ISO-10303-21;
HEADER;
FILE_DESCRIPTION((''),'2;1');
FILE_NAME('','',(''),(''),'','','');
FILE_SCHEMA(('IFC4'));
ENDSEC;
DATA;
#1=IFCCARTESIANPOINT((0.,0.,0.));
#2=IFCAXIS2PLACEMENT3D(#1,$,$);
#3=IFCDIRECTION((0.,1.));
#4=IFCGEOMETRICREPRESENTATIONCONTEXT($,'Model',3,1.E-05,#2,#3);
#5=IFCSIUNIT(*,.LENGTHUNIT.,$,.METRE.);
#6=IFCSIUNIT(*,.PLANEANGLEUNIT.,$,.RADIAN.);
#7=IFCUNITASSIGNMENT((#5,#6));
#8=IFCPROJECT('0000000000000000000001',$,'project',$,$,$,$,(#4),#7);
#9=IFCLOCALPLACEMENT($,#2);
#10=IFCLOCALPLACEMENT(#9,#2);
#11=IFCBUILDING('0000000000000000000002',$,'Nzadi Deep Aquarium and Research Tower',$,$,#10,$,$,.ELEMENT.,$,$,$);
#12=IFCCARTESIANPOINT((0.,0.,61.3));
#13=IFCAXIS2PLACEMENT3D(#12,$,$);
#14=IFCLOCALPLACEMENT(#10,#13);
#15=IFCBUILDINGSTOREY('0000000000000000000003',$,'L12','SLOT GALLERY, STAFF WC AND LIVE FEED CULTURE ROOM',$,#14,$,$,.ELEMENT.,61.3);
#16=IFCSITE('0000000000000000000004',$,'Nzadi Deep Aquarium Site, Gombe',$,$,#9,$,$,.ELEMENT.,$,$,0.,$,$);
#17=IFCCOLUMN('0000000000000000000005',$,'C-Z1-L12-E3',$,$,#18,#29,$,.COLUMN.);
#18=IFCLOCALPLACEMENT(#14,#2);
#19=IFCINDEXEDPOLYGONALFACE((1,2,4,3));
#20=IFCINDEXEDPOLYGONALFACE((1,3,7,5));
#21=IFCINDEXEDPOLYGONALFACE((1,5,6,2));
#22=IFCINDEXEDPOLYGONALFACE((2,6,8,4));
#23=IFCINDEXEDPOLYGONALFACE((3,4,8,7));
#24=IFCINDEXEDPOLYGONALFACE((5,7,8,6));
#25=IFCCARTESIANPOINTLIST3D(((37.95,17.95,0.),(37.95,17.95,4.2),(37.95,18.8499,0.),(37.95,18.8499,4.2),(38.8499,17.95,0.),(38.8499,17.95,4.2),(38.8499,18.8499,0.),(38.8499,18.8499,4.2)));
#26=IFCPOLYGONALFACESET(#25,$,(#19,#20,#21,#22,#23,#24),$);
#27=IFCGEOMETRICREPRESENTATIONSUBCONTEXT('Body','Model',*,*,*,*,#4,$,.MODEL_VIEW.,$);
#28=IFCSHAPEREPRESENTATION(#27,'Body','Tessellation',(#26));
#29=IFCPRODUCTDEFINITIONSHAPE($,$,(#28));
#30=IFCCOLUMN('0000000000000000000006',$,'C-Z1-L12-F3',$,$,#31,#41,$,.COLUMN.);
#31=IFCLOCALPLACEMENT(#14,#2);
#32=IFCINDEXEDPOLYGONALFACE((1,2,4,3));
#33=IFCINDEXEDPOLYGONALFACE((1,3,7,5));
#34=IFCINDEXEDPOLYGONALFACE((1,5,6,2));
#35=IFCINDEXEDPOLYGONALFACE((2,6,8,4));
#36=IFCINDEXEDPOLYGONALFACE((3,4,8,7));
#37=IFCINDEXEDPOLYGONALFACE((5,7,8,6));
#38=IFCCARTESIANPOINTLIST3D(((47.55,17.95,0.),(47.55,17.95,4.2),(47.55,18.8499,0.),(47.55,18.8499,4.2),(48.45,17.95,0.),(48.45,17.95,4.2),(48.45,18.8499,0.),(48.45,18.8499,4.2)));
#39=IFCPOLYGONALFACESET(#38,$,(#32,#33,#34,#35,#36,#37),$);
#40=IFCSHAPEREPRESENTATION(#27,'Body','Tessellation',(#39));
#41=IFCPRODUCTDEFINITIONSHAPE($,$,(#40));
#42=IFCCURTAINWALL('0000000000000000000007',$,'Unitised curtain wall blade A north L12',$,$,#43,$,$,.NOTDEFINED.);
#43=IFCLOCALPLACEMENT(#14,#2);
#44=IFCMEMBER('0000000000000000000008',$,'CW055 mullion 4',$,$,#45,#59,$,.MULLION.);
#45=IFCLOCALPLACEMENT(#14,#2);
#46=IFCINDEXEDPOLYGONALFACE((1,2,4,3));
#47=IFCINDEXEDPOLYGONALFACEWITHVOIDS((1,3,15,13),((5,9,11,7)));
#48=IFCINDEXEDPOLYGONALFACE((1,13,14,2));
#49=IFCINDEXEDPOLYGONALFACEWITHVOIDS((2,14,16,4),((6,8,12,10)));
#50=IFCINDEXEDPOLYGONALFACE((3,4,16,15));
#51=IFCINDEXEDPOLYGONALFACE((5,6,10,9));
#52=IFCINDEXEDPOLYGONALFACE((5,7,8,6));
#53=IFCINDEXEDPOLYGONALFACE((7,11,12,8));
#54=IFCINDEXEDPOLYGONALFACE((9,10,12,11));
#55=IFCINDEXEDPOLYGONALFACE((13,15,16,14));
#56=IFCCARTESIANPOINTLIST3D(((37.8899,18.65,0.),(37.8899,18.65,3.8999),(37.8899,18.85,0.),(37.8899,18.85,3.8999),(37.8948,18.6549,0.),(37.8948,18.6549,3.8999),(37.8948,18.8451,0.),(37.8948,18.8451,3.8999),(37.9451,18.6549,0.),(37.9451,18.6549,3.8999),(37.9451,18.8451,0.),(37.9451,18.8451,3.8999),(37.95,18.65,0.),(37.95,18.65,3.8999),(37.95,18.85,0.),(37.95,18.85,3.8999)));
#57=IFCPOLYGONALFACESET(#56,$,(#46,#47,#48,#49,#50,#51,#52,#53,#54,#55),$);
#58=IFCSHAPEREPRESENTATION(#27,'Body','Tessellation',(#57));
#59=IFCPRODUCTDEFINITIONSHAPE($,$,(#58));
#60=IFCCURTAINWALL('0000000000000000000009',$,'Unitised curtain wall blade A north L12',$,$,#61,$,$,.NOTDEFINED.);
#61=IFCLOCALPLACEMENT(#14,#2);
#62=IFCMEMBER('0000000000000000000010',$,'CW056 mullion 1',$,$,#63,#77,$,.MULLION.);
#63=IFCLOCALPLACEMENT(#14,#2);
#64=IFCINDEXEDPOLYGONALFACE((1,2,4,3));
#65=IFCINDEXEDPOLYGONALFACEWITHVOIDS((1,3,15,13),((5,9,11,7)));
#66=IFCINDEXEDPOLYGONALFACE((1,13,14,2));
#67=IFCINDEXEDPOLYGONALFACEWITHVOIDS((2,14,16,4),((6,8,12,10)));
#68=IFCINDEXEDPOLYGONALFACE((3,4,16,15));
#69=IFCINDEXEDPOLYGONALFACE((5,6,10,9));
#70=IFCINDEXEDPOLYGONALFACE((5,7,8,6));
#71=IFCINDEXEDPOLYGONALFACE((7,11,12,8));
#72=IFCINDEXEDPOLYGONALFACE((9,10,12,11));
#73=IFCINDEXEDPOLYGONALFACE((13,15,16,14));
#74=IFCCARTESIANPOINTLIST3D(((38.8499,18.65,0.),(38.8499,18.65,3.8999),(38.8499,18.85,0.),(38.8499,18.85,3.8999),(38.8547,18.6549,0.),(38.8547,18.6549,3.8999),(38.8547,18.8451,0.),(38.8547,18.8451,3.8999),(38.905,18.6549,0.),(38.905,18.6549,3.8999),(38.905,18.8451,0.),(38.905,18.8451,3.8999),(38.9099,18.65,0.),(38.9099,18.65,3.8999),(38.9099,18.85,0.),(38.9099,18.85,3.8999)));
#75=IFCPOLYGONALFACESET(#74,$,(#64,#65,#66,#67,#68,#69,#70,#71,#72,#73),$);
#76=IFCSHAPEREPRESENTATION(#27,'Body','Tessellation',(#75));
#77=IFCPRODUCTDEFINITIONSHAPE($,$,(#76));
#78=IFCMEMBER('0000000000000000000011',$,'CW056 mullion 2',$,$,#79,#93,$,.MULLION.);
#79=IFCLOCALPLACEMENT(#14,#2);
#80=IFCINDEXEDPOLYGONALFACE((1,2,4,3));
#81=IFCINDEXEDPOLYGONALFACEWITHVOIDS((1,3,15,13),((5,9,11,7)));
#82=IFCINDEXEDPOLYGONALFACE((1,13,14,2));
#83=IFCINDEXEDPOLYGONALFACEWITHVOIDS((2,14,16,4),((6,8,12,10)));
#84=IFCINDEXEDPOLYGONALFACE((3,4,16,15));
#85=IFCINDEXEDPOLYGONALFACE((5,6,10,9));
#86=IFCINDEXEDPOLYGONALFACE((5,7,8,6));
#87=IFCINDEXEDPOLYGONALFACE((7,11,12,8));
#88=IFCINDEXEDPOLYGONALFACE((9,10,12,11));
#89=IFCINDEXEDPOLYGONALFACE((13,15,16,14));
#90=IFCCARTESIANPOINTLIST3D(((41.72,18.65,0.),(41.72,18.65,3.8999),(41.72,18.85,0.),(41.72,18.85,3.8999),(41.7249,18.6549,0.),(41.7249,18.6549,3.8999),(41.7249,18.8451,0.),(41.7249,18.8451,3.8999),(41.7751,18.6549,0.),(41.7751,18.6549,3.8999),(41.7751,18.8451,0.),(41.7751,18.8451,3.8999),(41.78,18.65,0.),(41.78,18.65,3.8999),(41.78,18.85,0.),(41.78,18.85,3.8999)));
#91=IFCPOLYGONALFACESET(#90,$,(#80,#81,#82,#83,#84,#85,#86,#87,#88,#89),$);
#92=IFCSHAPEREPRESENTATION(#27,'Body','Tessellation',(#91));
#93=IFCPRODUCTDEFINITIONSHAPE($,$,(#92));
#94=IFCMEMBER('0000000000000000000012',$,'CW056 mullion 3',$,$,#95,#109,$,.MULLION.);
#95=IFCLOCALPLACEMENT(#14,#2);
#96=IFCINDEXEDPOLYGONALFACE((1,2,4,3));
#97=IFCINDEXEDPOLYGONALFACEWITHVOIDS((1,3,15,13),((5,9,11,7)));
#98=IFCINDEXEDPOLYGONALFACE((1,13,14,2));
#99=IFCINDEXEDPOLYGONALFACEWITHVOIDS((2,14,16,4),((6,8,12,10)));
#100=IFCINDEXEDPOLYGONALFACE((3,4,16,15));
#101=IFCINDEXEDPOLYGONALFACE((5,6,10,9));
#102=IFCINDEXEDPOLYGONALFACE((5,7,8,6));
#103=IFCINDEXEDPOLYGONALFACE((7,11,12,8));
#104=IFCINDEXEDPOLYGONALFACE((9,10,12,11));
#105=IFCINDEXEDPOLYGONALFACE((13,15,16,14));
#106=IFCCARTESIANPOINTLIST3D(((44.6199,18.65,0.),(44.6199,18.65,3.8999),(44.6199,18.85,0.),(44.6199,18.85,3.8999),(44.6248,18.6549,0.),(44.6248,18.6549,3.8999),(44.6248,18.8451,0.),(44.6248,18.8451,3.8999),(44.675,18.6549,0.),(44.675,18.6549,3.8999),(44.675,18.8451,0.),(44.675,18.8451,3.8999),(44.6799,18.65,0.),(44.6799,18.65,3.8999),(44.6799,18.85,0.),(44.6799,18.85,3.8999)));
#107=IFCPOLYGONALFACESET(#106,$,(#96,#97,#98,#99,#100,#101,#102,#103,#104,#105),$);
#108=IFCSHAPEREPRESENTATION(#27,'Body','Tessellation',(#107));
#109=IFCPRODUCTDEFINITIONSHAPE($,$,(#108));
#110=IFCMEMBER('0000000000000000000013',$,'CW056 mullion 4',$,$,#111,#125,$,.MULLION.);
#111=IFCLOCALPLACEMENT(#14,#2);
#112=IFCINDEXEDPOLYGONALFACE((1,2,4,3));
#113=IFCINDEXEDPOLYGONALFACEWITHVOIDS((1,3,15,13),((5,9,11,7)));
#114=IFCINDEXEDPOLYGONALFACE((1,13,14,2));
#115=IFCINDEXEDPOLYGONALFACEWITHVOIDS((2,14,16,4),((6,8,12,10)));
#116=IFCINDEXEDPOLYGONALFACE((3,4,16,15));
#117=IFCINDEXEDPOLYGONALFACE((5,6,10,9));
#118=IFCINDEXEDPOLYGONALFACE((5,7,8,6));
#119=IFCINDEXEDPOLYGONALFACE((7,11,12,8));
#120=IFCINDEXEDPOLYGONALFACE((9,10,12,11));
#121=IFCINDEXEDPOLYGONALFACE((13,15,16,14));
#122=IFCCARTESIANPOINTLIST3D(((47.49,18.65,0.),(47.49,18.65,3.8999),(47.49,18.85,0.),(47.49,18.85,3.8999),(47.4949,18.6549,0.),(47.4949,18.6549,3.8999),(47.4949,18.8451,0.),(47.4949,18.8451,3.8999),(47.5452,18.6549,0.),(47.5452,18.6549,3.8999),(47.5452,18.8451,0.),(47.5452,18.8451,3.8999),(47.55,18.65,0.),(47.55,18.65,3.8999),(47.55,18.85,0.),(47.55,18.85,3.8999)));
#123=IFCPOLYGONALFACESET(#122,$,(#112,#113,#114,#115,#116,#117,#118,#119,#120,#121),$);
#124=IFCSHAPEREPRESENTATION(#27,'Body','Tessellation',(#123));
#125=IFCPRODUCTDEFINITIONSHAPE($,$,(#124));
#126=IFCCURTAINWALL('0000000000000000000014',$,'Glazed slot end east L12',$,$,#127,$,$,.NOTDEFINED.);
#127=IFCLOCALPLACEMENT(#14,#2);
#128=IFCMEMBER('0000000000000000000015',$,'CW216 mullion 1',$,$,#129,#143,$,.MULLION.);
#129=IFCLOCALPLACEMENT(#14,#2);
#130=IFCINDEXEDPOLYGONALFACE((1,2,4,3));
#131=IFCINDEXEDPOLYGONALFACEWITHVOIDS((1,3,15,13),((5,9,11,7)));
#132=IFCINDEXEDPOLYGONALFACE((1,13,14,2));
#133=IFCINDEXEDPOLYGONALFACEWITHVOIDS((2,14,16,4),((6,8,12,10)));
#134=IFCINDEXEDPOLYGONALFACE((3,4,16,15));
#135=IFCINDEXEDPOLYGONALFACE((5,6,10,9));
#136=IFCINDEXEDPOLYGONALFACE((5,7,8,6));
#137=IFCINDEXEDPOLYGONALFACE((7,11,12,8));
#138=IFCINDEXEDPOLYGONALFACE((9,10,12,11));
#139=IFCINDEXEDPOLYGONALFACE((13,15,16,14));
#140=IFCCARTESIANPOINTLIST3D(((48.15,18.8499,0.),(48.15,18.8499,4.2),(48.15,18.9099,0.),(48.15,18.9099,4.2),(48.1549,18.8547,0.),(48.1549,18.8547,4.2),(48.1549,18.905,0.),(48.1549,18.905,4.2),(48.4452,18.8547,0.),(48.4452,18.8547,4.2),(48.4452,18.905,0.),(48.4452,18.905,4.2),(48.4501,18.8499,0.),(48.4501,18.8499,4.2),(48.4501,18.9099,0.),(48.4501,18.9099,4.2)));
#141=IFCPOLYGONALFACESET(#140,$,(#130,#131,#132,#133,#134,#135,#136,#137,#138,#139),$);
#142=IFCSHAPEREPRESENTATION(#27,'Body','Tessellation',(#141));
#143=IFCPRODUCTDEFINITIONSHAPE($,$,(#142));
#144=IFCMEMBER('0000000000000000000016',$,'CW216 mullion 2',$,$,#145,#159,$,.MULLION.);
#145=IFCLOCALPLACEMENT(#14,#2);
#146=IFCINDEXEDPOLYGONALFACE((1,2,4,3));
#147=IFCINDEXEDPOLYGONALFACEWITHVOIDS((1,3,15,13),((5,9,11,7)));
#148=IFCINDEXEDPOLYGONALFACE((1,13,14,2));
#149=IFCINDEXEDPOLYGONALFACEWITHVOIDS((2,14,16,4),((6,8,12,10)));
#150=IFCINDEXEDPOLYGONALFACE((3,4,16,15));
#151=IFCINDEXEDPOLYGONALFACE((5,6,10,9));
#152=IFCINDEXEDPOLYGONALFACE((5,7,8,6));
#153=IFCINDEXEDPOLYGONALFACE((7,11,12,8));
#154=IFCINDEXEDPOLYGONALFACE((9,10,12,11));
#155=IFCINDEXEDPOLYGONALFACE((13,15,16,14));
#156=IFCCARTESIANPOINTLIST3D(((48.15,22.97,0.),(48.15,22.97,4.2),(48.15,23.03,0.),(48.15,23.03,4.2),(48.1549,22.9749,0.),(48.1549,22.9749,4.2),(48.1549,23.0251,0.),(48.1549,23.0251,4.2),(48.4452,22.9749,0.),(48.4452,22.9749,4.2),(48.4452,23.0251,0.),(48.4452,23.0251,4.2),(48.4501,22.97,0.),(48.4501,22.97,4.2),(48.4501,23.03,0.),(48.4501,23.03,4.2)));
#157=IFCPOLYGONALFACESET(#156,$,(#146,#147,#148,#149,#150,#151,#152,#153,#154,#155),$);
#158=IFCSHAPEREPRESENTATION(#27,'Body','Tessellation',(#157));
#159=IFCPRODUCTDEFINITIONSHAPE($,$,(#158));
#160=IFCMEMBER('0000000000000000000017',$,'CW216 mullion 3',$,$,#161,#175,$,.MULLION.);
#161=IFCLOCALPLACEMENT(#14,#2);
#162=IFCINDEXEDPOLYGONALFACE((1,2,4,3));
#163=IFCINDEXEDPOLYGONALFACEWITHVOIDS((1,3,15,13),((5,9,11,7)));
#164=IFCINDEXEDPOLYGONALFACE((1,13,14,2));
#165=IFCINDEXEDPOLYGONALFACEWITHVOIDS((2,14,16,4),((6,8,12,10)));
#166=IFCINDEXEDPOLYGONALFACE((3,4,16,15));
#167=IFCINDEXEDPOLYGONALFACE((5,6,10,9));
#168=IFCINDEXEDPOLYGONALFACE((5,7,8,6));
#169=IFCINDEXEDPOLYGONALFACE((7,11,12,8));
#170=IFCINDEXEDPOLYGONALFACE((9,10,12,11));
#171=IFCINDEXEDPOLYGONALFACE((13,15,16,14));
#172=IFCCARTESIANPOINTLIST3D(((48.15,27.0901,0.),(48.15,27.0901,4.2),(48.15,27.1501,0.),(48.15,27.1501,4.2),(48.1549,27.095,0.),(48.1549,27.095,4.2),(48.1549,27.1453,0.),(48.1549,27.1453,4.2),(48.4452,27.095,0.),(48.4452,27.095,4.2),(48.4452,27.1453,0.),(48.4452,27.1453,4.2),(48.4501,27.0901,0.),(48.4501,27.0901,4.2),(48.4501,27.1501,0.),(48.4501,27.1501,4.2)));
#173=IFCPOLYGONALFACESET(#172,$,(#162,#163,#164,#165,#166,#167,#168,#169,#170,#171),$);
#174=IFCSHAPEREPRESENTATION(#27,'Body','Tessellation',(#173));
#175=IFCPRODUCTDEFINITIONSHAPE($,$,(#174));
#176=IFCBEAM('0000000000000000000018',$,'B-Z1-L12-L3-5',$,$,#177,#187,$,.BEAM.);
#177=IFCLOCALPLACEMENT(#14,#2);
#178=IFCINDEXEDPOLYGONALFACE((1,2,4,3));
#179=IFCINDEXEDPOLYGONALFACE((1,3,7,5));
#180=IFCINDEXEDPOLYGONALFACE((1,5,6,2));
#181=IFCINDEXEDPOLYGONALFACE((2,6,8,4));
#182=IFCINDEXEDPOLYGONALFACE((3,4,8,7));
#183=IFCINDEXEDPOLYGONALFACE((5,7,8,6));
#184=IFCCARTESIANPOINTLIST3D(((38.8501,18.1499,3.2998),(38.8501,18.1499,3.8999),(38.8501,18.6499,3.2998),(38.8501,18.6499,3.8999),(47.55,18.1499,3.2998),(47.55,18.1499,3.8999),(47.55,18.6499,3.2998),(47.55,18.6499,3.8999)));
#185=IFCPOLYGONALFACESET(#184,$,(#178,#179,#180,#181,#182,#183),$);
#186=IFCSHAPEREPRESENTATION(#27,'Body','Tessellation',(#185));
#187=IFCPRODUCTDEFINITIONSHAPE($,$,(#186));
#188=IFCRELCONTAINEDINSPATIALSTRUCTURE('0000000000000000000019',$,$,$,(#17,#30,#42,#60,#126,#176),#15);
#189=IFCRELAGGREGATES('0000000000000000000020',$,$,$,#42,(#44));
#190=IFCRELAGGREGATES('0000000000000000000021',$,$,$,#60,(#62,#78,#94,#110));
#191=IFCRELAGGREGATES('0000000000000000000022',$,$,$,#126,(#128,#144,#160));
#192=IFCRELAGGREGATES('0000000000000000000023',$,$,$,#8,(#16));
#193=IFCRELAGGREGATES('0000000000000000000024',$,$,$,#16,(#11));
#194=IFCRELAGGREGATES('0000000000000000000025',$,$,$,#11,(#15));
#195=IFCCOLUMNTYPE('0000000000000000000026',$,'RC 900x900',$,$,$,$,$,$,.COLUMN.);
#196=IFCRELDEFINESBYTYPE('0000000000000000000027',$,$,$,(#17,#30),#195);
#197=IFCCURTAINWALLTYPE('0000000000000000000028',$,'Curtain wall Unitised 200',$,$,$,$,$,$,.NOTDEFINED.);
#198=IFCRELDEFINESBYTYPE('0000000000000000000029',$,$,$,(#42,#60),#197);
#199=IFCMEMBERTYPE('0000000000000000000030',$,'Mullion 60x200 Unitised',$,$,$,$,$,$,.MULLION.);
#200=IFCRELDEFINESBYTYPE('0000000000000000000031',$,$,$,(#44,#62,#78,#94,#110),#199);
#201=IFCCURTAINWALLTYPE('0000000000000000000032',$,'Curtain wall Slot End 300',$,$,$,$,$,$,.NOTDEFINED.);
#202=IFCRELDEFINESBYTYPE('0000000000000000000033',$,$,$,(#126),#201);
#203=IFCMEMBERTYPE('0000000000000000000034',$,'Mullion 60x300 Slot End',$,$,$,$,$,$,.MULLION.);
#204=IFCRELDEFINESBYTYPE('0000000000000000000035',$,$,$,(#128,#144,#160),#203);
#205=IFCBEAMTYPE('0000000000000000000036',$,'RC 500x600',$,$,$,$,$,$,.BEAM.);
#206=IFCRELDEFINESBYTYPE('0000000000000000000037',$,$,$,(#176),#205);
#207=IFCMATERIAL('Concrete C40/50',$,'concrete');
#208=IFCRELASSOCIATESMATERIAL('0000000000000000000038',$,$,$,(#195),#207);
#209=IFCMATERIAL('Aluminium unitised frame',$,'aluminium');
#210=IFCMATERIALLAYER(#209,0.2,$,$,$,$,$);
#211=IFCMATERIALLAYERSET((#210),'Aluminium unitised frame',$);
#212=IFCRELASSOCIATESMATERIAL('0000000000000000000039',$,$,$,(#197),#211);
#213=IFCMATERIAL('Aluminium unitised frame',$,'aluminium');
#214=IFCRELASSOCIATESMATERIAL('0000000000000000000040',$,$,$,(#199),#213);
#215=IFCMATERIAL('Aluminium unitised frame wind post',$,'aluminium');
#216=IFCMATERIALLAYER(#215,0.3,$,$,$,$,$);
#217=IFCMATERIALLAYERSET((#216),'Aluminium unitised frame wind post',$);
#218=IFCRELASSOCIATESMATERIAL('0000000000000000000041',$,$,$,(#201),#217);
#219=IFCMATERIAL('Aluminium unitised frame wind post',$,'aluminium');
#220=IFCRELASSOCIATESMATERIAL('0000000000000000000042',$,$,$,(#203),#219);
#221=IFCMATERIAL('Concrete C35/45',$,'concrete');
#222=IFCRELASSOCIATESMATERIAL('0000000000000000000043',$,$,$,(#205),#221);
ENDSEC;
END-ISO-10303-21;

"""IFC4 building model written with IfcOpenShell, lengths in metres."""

from ifc_helpers import new_model, si_unit, direction, frame, origin, origin_2d, place, context, subcontext, project, spatial, rectangle, hollow_rectangle, extrude, material, layer, layer_set, material_profile, profile_set, type_object, element, aggregate, save


model = new_model("IFC4")

# Units and contexts
model_context = context("Model", 3, precision=1e-05, world=origin(), true_north=direction((0.0, 1.0)))
body_context = subcontext(model_context, "Body", "Model", "MODEL_VIEW")
ifc_project = project(units=[si_unit("LENGTHUNIT", "METRE"), si_unit("PLANEANGLEUNIT", "RADIAN")], contexts=[model_context])

# Site, building, storey
site_placement = place(None, origin())
site = spatial("IfcSite", under=ifc_project, at=site_placement, Name="Nzadi Deep Aquarium Site, Gombe", CompositionType="ELEMENT", RefElevation=0.0)
building_placement = place(site_placement, origin())
building = spatial("IfcBuilding", under=site, at=building_placement, Name="Nzadi Deep Aquarium and Research Tower", CompositionType="ELEMENT")
storey_placement = place(building_placement, frame((0.0, 0.0, 61.3)))
storey = spatial("IfcBuildingStorey", under=building, at=storey_placement, Name="L12", Description="SLOT GALLERY, STAFF WC AND LIVE FEED CULTURE ROOM", CompositionType="ELEMENT", Elevation=61.3)

# Columns
ifc_material_1 = material(Name="Concrete C40/50", Category="concrete")
ifc_material_profile_1 = material_profile(ifc_material_1, rectangle(XDim=0.8999, YDim=0.8999, at=origin_2d()))
ifc_profile_set_1 = profile_set([ifc_material_profile_1], Name="Concrete C40/50")
column_type = type_object("IfcColumnType", Name="RC 900x900", PredefinedType="COLUMN", material=ifc_profile_set_1)
for number, where, z_axis, x_axis, name in (
    (1, (38.3999, 18.3999, 0.0), (0.0, 0.0, 1.0), (1.0, 0.0, 0.0), "C-Z1-L12-E3"),
    (2, (48.0, 18.3999, 0.0), (0.0, 0.0, 1.0), (1.0, 0.0, 0.0), "C-Z1-L12-F3"),
):
    element("IfcColumn", number, at=place(storey_placement, frame(where, z_axis=z_axis, x_axis=x_axis)), inside=storey, type_object=column_type, Name=name, PredefinedType="COLUMN", context=body_context, shape_type="SweptSolid", body=[
        extrude(rectangle(XDim=0.8999, YDim=0.8999, at=origin_2d()), origin(), (0.0, 0.0, 1.0), 4.2),
    ])

# Curtain wall, member
ifc_material_2 = material(Name="Aluminium unitised frame", Category="aluminium")
ifc_layer_1 = layer(ifc_material_2, 0.2)
ifc_layer_set_1 = layer_set([ifc_layer_1], Name="Aluminium unitised frame")
curtain_wall_type_1 = type_object("IfcCurtainWallType", Name="Curtain wall Unitised 200", PredefinedType="NOTDEFINED", material=ifc_layer_set_1)
curtain_wall_1_placement = place(storey_placement, origin())
curtain_wall_1 = element("IfcCurtainWall", 3, at=curtain_wall_1_placement, inside=storey, type_object=curtain_wall_type_1, Name="Unitised curtain wall blade A north L12", PredefinedType="NOTDEFINED")
ifc_material_3 = material(Name="Aluminium unitised frame", Category="aluminium")
ifc_material_profile_2 = material_profile(ifc_material_3, hollow_rectangle(XDim=0.2, YDim=0.0601, WallThickness=0.0049, at=origin_2d()))
ifc_profile_set_2 = profile_set([ifc_material_profile_2], Name="Aluminium unitised frame")
member_type_1 = type_object("IfcMemberType", Name="Mullion 60x200 Unitised", PredefinedType="MULLION", material=ifc_profile_set_2)
member_1_placement = place(storey_placement, frame((37.9199, 18.75, 0.0), z_axis=(0.0, 0.0, 1.0), x_axis=(0.0, 1.0, 0.0)))
member_1 = element("IfcMember", 4, at=member_1_placement, type_object=member_type_1, Name="CW055 mullion 4", PredefinedType="MULLION", context=body_context, shape_type="SweptSolid", body=[
    extrude(hollow_rectangle(XDim=0.2, YDim=0.0601, WallThickness=0.0049, at=origin_2d()), origin(), (0.0, 0.0, 1.0), 3.8999),
])

# Curtain walls, members
curtain_wall_2_placement = place(storey_placement, origin())
curtain_wall_2 = element("IfcCurtainWall", 5, at=curtain_wall_2_placement, inside=storey, type_object=curtain_wall_type_1, Name="Unitised curtain wall blade A north L12", PredefinedType="NOTDEFINED")
member_2_placement = place(storey_placement, frame((38.8799, 18.75, 0.0), z_axis=(0.0, 0.0, 1.0), x_axis=(0.0, 1.0, 0.0)))
member_2 = element("IfcMember", 6, at=member_2_placement, type_object=member_type_1, Name="CW056 mullion 1", PredefinedType="MULLION", context=body_context, shape_type="SweptSolid", body=[
    extrude(hollow_rectangle(XDim=0.2, YDim=0.0601, WallThickness=0.0049, at=origin_2d()), origin(), (0.0, 0.0, 1.0), 3.8999),
])
member_3_placement = place(storey_placement, frame((41.75, 18.75, 0.0), z_axis=(0.0, 0.0, 1.0), x_axis=(0.0, 1.0, 0.0)))
member_3 = element("IfcMember", 7, at=member_3_placement, type_object=member_type_1, Name="CW056 mullion 2", PredefinedType="MULLION", context=body_context, shape_type="SweptSolid", body=[
    extrude(hollow_rectangle(XDim=0.2, YDim=0.0601, WallThickness=0.0049, at=origin_2d()), origin(), (0.0, 0.0, 1.0), 3.8999),
])
member_4_placement = place(storey_placement, frame((44.6499, 18.75, 0.0), z_axis=(0.0, 0.0, 1.0), x_axis=(0.0, 1.0, 0.0)))
member_4 = element("IfcMember", 8, at=member_4_placement, type_object=member_type_1, Name="CW056 mullion 3", PredefinedType="MULLION", context=body_context, shape_type="SweptSolid", body=[
    extrude(hollow_rectangle(XDim=0.2, YDim=0.0601, WallThickness=0.0049, at=origin_2d()), origin(), (0.0, 0.0, 1.0), 3.8999),
])
member_5_placement = place(storey_placement, frame((47.52, 18.75, 0.0), z_axis=(0.0, 0.0, 1.0), x_axis=(0.0, 1.0, 0.0)))
member_5 = element("IfcMember", 9, at=member_5_placement, type_object=member_type_1, Name="CW056 mullion 4", PredefinedType="MULLION", context=body_context, shape_type="SweptSolid", body=[
    extrude(hollow_rectangle(XDim=0.2, YDim=0.0601, WallThickness=0.0049, at=origin_2d()), origin(), (0.0, 0.0, 1.0), 3.8999),
])
ifc_material_4 = material(Name="Aluminium unitised frame wind post", Category="aluminium")
ifc_layer_2 = layer(ifc_material_4, 0.3)
ifc_layer_set_2 = layer_set([ifc_layer_2], Name="Aluminium unitised frame wind post")
curtain_wall_type_2 = type_object("IfcCurtainWallType", Name="Curtain wall Slot End 300", PredefinedType="NOTDEFINED", material=ifc_layer_set_2)
curtain_wall_3_placement = place(storey_placement, origin())
curtain_wall_3 = element("IfcCurtainWall", 10, at=curtain_wall_3_placement, inside=storey, type_object=curtain_wall_type_2, Name="Glazed slot end east L12", PredefinedType="NOTDEFINED")
ifc_material_5 = material(Name="Aluminium unitised frame wind post", Category="aluminium")
ifc_material_profile_3 = material_profile(ifc_material_5, hollow_rectangle(XDim=0.3, YDim=0.0601, WallThickness=0.0049, at=origin_2d()))
ifc_profile_set_3 = profile_set([ifc_material_profile_3], Name="Aluminium unitised frame wind post")
member_type_2 = type_object("IfcMemberType", Name="Mullion 60x300 Slot End", PredefinedType="MULLION", material=ifc_profile_set_3)
member_6_placement = place(storey_placement, frame((48.3, 18.8799, 0.0), z_axis=(0.0, 0.0, 1.0), x_axis=(-1.0, 0.0, 0.0)))
member_6 = element("IfcMember", 11, at=member_6_placement, type_object=member_type_2, Name="CW216 mullion 1", PredefinedType="MULLION", context=body_context, shape_type="SweptSolid", body=[
    extrude(hollow_rectangle(XDim=0.3, YDim=0.0601, WallThickness=0.0049, at=origin_2d()), origin(), (0.0, 0.0, 1.0), 4.2),
])
member_7_placement = place(storey_placement, frame((48.3, 23.0, 0.0), z_axis=(0.0, 0.0, 1.0), x_axis=(-1.0, 0.0, 0.0)))
member_7 = element("IfcMember", 12, at=member_7_placement, type_object=member_type_2, Name="CW216 mullion 2", PredefinedType="MULLION", context=body_context, shape_type="SweptSolid", body=[
    extrude(hollow_rectangle(XDim=0.3, YDim=0.0601, WallThickness=0.0049, at=origin_2d()), origin(), (0.0, 0.0, 1.0), 4.2),
])
member_8_placement = place(storey_placement, frame((48.3, 27.1201, 0.0), z_axis=(0.0, 0.0, 1.0), x_axis=(-1.0, 0.0, 0.0)))
member_8 = element("IfcMember", 13, at=member_8_placement, type_object=member_type_2, Name="CW216 mullion 3", PredefinedType="MULLION", context=body_context, shape_type="SweptSolid", body=[
    extrude(hollow_rectangle(XDim=0.3, YDim=0.0601, WallThickness=0.0049, at=origin_2d()), origin(), (0.0, 0.0, 1.0), 4.2),
])

# Beam
ifc_material_6 = material(Name="Concrete C35/45", Category="concrete")
ifc_material_profile_4 = material_profile(ifc_material_6, rectangle(XDim=0.5, YDim=0.6001, at=origin_2d()))
ifc_profile_set_4 = profile_set([ifc_material_profile_4], Name="Concrete C35/45")
beam_type = type_object("IfcBeamType", Name="RC 500x600", PredefinedType="BEAM", material=ifc_profile_set_4)
beam_placement = place(storey_placement, frame((38.8501, 18.3999, 3.5999), z_axis=(1.0, 0.0, 0.0), x_axis=(0.0, 1.0, 0.0)))
element("IfcBeam", 14, at=beam_placement, inside=storey, type_object=beam_type, Name="B-Z1-L12-L3-5", PredefinedType="BEAM", context=body_context, shape_type="SweptSolid", body=[
    extrude(rectangle(XDim=0.5, YDim=0.6001, at=origin_2d()), origin(), (0.0, 0.0, 1.0), 8.7),
])

aggregate(curtain_wall_1, [member_1])
aggregate(curtain_wall_2, [member_2, member_3, member_4, member_5])
aggregate(curtain_wall_3, [member_6, member_7, member_8])

save(model, "model.ifc")
